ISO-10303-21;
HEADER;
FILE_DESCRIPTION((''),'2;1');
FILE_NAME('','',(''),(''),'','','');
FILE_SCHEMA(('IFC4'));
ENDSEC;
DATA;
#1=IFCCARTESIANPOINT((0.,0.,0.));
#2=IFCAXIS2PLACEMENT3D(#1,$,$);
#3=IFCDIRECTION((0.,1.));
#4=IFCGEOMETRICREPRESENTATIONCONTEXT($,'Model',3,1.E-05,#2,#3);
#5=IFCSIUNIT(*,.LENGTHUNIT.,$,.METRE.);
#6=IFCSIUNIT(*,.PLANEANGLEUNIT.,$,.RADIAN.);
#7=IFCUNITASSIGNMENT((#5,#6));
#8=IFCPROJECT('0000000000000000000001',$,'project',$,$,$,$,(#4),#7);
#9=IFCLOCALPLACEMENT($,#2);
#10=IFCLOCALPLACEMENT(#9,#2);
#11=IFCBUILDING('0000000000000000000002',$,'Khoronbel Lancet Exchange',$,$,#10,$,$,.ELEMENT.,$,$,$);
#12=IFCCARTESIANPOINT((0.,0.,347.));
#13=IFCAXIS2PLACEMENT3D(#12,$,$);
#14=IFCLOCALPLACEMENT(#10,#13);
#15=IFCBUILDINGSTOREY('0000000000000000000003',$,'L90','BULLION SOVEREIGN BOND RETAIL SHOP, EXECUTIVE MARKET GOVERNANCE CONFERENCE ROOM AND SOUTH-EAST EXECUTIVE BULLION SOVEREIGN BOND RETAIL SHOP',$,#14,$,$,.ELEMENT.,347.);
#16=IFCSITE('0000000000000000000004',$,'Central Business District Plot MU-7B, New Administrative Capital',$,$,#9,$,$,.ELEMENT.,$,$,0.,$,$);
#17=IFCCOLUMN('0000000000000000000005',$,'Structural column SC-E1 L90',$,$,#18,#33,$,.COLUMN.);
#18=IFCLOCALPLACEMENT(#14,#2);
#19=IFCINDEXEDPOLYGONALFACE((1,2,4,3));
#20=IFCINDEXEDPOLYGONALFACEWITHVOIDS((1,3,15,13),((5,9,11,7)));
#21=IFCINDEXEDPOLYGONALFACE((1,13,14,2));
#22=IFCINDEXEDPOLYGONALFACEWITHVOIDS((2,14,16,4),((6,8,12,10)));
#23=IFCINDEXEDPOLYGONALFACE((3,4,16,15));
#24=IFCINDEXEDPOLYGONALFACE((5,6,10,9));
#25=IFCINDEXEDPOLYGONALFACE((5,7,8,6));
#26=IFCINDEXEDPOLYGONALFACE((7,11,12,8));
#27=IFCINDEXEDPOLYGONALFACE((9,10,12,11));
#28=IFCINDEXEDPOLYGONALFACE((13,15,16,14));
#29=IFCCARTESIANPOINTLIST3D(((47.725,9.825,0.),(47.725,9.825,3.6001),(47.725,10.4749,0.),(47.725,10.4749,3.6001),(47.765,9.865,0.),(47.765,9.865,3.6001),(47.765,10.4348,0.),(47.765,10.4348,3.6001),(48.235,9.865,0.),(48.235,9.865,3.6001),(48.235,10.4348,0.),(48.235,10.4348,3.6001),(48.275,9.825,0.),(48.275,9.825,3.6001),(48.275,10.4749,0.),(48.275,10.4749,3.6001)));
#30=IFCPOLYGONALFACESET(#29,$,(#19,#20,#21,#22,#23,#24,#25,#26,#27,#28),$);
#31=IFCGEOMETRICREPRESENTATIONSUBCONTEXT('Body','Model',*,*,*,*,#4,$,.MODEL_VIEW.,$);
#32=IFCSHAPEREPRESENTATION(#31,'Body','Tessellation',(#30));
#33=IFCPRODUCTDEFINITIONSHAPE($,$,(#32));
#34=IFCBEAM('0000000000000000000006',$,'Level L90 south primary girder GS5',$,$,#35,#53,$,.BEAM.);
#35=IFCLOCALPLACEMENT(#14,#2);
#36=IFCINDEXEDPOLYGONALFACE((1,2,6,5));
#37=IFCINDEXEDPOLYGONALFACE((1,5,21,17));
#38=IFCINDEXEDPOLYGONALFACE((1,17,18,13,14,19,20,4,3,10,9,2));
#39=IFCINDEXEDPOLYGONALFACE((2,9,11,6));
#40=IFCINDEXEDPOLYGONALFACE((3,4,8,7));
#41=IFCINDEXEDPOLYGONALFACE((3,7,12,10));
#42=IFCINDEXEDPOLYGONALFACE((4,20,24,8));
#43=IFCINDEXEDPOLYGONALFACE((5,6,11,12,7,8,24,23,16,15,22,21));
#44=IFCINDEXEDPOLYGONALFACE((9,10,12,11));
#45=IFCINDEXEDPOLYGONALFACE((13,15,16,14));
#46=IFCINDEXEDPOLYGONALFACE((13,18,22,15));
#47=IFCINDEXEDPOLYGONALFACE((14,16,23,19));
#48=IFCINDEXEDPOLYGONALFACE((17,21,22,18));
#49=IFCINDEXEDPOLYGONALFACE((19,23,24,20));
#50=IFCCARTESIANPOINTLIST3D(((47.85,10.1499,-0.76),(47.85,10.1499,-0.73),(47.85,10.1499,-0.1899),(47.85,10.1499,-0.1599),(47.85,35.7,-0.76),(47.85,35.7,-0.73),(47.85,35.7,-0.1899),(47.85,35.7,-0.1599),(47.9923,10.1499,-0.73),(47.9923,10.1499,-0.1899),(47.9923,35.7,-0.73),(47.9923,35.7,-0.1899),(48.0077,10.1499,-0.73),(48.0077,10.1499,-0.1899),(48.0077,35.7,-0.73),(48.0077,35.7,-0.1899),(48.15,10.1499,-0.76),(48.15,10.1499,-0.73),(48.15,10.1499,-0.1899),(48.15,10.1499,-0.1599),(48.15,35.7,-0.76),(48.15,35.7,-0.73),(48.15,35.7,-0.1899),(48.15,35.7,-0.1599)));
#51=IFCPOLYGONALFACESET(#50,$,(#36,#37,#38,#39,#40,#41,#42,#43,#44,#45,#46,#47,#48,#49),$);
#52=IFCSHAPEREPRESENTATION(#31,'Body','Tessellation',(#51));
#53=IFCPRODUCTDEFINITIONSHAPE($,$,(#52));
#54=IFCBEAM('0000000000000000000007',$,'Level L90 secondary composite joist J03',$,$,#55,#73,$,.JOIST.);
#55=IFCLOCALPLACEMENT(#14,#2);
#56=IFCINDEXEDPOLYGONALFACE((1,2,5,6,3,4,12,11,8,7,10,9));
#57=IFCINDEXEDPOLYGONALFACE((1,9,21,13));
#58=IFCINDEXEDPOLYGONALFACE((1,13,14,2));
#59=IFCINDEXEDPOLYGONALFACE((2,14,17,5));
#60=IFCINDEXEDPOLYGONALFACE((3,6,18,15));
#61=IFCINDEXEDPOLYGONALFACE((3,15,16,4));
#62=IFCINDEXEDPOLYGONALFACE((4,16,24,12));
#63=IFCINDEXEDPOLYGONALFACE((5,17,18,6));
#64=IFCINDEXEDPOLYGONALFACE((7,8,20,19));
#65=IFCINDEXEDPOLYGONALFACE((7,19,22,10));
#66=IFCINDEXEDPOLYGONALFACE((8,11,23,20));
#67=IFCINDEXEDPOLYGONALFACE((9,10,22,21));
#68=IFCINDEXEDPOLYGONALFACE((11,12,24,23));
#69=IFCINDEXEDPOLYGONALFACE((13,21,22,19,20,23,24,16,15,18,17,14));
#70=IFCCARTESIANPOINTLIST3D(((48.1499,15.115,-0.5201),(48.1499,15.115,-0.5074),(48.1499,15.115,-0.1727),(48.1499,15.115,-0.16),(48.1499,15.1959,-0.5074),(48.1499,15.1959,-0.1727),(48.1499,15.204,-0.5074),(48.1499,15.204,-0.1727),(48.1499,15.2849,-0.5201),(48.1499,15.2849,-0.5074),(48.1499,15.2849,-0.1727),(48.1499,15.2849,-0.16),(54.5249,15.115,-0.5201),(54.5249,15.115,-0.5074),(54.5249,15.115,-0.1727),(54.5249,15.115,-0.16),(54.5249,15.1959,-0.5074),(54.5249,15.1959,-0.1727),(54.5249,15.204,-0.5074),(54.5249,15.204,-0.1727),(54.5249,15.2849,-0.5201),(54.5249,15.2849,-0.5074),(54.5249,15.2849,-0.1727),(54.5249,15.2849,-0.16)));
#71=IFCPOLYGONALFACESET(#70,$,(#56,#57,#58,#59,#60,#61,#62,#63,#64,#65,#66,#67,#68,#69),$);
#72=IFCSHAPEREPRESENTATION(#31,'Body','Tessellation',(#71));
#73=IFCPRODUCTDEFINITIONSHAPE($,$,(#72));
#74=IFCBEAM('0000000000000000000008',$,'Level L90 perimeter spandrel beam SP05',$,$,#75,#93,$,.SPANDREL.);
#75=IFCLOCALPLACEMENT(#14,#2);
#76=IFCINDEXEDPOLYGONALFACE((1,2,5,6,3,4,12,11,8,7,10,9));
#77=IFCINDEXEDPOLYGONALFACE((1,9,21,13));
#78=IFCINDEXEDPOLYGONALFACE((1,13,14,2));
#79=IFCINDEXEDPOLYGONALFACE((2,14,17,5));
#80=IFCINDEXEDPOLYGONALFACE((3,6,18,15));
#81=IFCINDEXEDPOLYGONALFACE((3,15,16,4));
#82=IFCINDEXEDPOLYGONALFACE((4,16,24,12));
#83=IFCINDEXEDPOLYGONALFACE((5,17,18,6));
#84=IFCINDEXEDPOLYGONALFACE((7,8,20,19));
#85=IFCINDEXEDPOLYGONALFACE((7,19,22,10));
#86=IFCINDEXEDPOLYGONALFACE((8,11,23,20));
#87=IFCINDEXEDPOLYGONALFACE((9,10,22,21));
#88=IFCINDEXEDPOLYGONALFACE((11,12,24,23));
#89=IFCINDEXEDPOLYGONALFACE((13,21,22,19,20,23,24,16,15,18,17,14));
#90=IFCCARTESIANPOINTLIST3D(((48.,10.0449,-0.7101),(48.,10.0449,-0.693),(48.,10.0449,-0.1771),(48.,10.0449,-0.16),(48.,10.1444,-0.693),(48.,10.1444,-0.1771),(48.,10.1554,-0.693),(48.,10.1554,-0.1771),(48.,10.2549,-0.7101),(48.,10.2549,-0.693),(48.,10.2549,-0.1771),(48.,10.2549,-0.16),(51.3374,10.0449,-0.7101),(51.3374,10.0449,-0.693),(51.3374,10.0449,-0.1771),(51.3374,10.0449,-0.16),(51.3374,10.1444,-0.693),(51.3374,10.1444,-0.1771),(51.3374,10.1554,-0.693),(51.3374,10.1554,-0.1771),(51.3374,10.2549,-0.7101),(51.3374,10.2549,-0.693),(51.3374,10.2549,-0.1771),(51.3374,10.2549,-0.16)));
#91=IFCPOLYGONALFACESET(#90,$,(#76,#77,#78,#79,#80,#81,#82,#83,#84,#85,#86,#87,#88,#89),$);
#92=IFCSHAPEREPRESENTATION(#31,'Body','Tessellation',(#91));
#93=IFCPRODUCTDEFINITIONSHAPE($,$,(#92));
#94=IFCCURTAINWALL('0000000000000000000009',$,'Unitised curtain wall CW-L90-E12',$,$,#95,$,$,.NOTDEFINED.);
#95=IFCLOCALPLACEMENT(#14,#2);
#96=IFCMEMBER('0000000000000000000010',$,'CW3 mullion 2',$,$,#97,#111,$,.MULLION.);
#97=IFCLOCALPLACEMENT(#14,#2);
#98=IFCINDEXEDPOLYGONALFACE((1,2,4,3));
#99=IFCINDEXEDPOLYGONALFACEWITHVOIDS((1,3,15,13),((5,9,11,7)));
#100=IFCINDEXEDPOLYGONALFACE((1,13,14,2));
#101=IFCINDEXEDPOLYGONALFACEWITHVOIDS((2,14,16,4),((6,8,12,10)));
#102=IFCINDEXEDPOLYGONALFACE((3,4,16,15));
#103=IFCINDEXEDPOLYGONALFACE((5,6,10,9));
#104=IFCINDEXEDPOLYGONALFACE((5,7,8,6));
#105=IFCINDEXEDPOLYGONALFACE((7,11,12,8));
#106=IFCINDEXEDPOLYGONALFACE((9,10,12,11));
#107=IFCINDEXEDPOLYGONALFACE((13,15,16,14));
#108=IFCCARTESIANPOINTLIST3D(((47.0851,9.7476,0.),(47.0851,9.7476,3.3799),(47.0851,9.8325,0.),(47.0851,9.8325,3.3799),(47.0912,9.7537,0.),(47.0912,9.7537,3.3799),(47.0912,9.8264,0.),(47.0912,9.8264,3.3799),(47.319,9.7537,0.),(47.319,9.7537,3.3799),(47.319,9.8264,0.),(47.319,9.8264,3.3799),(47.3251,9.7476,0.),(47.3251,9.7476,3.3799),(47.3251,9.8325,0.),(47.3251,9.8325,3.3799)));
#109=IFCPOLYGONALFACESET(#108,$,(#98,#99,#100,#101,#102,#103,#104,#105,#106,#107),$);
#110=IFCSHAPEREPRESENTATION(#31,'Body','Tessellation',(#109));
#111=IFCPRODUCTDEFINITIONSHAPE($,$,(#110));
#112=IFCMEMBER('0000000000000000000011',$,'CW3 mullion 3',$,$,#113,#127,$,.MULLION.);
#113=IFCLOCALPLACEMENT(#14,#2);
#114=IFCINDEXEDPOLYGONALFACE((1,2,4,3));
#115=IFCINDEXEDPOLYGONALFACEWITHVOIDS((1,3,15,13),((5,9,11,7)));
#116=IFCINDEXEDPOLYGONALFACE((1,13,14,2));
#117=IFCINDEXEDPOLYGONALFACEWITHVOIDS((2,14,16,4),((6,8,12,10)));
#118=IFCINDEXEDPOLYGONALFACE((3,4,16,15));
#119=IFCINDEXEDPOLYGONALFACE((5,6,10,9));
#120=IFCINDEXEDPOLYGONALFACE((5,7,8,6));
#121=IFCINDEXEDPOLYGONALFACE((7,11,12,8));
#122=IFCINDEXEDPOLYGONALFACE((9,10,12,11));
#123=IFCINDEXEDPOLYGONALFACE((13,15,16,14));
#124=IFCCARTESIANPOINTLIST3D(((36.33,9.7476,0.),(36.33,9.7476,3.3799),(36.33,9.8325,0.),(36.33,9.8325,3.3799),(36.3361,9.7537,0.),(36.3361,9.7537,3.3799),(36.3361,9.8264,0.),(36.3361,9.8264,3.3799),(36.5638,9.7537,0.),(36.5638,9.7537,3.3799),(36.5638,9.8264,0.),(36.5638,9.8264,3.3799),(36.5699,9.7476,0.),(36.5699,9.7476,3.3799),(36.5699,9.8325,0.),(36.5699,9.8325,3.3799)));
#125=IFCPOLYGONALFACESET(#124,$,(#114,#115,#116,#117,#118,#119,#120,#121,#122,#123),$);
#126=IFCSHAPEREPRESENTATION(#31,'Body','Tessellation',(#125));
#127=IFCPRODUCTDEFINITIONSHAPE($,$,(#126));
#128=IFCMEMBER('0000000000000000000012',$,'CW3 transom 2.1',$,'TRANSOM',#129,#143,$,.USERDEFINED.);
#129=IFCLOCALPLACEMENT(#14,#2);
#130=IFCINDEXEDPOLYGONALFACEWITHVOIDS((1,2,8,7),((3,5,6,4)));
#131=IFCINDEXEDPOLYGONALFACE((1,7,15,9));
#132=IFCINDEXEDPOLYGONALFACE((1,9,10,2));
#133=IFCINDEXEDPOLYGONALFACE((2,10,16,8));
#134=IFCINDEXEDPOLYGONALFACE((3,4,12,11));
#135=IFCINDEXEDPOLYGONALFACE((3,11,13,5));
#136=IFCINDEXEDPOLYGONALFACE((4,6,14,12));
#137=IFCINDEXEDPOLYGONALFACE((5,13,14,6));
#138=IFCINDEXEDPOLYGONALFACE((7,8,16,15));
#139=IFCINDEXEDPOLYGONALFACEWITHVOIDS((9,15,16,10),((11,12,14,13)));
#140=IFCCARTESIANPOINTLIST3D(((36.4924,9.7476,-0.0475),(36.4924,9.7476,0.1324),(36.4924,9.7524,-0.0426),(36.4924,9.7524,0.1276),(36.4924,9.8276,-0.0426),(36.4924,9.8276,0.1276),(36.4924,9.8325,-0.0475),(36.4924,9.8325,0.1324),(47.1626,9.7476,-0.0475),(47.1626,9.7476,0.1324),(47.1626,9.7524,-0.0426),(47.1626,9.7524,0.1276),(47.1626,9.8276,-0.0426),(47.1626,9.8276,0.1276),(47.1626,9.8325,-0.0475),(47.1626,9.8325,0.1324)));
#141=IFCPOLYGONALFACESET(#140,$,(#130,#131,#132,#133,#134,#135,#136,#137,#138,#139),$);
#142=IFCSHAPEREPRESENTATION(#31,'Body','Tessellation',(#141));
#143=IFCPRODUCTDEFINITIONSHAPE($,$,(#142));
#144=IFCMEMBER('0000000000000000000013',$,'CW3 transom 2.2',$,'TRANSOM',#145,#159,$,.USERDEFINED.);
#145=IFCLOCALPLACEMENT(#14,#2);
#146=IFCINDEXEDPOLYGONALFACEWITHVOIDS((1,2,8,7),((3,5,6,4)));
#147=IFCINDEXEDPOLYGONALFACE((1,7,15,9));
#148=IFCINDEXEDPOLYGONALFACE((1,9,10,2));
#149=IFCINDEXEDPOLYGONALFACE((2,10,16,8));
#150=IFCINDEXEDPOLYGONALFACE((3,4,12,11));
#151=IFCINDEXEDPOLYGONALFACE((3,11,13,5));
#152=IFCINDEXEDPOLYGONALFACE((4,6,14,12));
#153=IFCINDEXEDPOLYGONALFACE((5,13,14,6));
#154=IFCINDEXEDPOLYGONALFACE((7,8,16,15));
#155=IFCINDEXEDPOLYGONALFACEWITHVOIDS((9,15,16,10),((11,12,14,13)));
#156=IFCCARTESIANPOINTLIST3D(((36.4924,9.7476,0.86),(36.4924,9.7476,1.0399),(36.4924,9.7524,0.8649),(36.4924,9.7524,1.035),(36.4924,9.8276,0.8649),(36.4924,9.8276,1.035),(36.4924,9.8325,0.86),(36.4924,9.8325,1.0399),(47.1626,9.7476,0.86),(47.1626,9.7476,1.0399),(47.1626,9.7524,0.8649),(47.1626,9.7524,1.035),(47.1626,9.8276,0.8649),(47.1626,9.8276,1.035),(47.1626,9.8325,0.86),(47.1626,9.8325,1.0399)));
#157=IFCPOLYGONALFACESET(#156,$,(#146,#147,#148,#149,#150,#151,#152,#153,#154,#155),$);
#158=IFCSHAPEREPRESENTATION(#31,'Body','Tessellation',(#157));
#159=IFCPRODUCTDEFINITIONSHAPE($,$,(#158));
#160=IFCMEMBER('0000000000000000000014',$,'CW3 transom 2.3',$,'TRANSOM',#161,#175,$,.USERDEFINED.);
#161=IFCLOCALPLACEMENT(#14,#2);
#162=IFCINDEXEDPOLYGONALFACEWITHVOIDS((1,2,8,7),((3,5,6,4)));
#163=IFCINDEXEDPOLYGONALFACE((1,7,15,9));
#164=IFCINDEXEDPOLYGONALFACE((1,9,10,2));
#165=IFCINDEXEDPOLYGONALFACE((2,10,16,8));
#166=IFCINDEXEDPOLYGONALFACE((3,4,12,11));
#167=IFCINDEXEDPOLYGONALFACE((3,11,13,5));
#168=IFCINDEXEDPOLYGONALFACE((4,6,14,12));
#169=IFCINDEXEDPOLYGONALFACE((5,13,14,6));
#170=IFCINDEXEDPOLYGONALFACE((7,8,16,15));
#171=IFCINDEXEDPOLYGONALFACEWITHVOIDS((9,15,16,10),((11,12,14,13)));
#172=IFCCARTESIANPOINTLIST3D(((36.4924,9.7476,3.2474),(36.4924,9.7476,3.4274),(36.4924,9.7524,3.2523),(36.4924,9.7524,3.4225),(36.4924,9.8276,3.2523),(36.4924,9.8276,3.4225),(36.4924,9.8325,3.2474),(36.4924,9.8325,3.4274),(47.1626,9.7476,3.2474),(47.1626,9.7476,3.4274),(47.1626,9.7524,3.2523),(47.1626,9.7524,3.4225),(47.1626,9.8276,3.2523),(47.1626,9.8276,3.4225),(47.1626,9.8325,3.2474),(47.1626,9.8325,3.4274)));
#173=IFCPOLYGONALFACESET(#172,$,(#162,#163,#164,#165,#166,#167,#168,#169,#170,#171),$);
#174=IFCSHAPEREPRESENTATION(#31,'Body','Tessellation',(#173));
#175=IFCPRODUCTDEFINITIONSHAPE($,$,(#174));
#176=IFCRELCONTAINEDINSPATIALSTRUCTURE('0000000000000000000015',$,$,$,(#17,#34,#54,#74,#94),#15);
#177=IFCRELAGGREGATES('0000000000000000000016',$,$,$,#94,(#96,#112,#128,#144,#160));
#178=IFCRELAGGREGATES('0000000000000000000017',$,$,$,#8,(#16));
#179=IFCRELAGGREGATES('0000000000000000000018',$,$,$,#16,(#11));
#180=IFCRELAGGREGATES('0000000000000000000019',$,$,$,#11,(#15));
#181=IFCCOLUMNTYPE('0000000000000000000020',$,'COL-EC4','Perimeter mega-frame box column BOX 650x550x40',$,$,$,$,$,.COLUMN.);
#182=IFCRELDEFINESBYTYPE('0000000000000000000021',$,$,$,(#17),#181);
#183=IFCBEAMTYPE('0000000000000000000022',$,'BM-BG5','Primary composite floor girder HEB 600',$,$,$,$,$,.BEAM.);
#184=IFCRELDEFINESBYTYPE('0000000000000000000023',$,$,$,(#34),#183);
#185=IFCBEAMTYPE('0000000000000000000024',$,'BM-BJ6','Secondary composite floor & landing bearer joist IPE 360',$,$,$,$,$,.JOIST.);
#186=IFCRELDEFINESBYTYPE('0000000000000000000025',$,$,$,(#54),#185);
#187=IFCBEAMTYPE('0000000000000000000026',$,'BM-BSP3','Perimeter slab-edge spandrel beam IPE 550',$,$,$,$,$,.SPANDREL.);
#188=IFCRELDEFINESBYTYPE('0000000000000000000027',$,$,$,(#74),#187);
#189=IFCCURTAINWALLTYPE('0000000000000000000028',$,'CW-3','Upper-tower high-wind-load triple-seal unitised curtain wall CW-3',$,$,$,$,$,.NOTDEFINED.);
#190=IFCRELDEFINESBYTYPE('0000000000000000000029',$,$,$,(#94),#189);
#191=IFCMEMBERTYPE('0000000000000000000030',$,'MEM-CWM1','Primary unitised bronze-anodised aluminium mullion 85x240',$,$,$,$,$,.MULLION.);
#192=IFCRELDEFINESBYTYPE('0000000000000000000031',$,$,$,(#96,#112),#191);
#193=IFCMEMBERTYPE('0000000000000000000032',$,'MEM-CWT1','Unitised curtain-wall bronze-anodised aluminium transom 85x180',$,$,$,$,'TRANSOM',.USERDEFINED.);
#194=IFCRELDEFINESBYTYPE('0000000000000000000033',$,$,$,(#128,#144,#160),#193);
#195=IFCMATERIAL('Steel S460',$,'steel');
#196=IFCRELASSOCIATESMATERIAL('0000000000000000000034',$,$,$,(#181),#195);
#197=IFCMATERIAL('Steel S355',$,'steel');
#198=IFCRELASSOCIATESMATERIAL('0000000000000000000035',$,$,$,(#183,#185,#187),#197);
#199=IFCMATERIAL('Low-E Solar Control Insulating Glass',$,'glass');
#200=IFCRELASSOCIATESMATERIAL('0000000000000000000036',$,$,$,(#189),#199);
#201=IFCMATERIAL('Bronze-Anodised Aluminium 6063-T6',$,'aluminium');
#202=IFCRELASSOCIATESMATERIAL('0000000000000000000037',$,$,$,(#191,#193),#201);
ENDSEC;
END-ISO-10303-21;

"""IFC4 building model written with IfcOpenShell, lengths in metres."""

from ifc_helpers import new_model, si_unit, direction, frame, origin, origin_2d, place, context, subcontext, project, spatial, hollow_rectangle, i_section, extrude, material, material_profile, profile_set, type_object, element, aggregate, save


model = new_model("IFC4")

# Units and contexts
model_context = context("Model", 3, precision=1e-05, world=origin(), true_north=direction((0.0, 1.0)))
body_context = subcontext(model_context, "Body", "Model", "MODEL_VIEW")
ifc_project = project(units=[si_unit("LENGTHUNIT", "METRE"), si_unit("PLANEANGLEUNIT", "RADIAN")], contexts=[model_context])

# Site, building, storey
site_placement = place(None, origin())
site = spatial("IfcSite", under=ifc_project, at=site_placement, Name="Central Business District Plot MU-7B, New Administrative Capital", CompositionType="ELEMENT", RefElevation=0.0)
building_placement = place(site_placement, origin())
building = spatial("IfcBuilding", under=site, at=building_placement, Name="Khoronbel Lancet Exchange", CompositionType="ELEMENT")
storey_placement = place(building_placement, frame((0.0, 0.0, 347.0)))
storey = spatial("IfcBuildingStorey", under=building, at=storey_placement, Name="L90", Description="BULLION SOVEREIGN BOND RETAIL SHOP, EXECUTIVE MARKET GOVERNANCE CONFERENCE ROOM AND SOUTH-EAST EXECUTIVE BULLION SOVEREIGN BOND RETAIL SHOP", CompositionType="ELEMENT", Elevation=347.0)

# Column
ifc_material_1 = material(Name="Steel S460", Category="steel")
ifc_material_profile_1 = material_profile(ifc_material_1, hollow_rectangle(XDim=0.55, YDim=0.6499, WallThickness=0.04, at=origin_2d()), Name="BOX 650x550x40")
ifc_profile_set_1 = profile_set([ifc_material_profile_1], Name="Steel S460")
column_type = type_object("IfcColumnType", Name="COL-EC4", Description="Perimeter mega-frame box column BOX 650x550x40", PredefinedType="COLUMN", material=ifc_profile_set_1)
column_placement = place(storey_placement, frame((48.0, 10.1499, 0.0), z_axis=(0.0, 0.0, 1.0), x_axis=(1.0, 0.0, 0.0)))
element("IfcColumn", 1, at=column_placement, inside=storey, type_object=column_type, Name="Structural column SC-E1 L90", PredefinedType="COLUMN", context=body_context, shape_type="SweptSolid", body=[
    extrude(hollow_rectangle(XDim=0.55, YDim=0.6499, WallThickness=0.04, at=origin_2d()), origin(), (0.0, 0.0, 1.0), 3.6001),
])

# Beams
ifc_material_2 = material(Name="Steel S355", Category="steel")
ifc_material_profile_2 = material_profile(ifc_material_2, i_section(OverallWidth=0.3, OverallDepth=0.6001, WebThickness=0.0154, FlangeThickness=0.03, at=origin_2d()), Name="HEB 600")
ifc_profile_set_2 = profile_set([ifc_material_profile_2], Name="Steel S355")
beam_type_1 = type_object("IfcBeamType", Name="BM-BG5", Description="Primary composite floor girder HEB 600", PredefinedType="BEAM", material=ifc_profile_set_2)
beam_1_placement = place(storey_placement, frame((48.0, 10.1499, -0.46), z_axis=(0.0, 1.0, 0.0), x_axis=(-1.0, 0.0, 0.0)))
element("IfcBeam", 2, at=beam_1_placement, inside=storey, type_object=beam_type_1, Name="Level L90 south primary girder GS5", PredefinedType="BEAM", context=body_context, shape_type="SweptSolid", body=[
    extrude(i_section(OverallWidth=0.3, OverallDepth=0.6001, WebThickness=0.0154, FlangeThickness=0.03, at=origin_2d()), origin(), (0.0, 0.0, 1.0), 25.55),
])
ifc_material_profile_3 = material_profile(ifc_material_2, i_section(OverallWidth=0.1699, OverallDepth=0.3601, WebThickness=0.0081, FlangeThickness=0.0127, at=origin_2d()), Name="IPE 360")
ifc_profile_set_3 = profile_set([ifc_material_profile_3], Name="Steel S355")
beam_type_2 = type_object("IfcBeamType", Name="BM-BJ6", Description="Secondary composite floor & landing bearer joist IPE 360", PredefinedType="JOIST", material=ifc_profile_set_3)
beam_2_placement = place(storey_placement, frame((48.1499, 15.2, -0.3401), z_axis=(1.0, 0.0, 0.0), x_axis=(0.0, 1.0, 0.0)))
element("IfcBeam", 3, at=beam_2_placement, inside=storey, type_object=beam_type_2, Name="Level L90 secondary composite joist J03", PredefinedType="JOIST", context=body_context, shape_type="SweptSolid", body=[
    extrude(i_section(OverallWidth=0.1699, OverallDepth=0.3601, WebThickness=0.0081, FlangeThickness=0.0127, at=origin_2d()), origin(), (0.0, 0.0, 1.0), 6.375),
])
ifc_material_profile_4 = material_profile(ifc_material_2, i_section(OverallWidth=0.21, OverallDepth=0.55, WebThickness=0.011, FlangeThickness=0.0171, at=origin_2d()), Name="IPE 550")
ifc_profile_set_4 = profile_set([ifc_material_profile_4], Name="Steel S355")
beam_type_3 = type_object("IfcBeamType", Name="BM-BSP3", Description="Perimeter slab-edge spandrel beam IPE 550", PredefinedType="SPANDREL", material=ifc_profile_set_4)
beam_3_placement = place(storey_placement, frame((48.0, 10.1499, -0.4351), z_axis=(1.0, 0.0, 0.0), x_axis=(0.0, 1.0, 0.0)))
element("IfcBeam", 4, at=beam_3_placement, inside=storey, type_object=beam_type_3, Name="Level L90 perimeter spandrel beam SP05", PredefinedType="SPANDREL", context=body_context, shape_type="SweptSolid", body=[
    extrude(i_section(OverallWidth=0.21, OverallDepth=0.55, WebThickness=0.011, FlangeThickness=0.0171, at=origin_2d()), origin(), (0.0, 0.0, 1.0), 3.3374),
])

# Curtain wall, members
ifc_material_3 = material(Name="Low-E Solar Control Insulating Glass", Category="glass")
curtain_wall_type = type_object("IfcCurtainWallType", Name="CW-3", Description="Upper-tower high-wind-load triple-seal unitised curtain wall CW-3", PredefinedType="NOTDEFINED", material=ifc_material_3)
curtain_wall_placement = place(storey_placement, origin())
curtain_wall = element("IfcCurtainWall", 5, at=curtain_wall_placement, inside=storey, type_object=curtain_wall_type, Name="Unitised curtain wall CW-L90-E12", PredefinedType="NOTDEFINED")
ifc_material_4 = material(Name="Bronze-Anodised Aluminium 6063-T6", Category="aluminium")
ifc_material_profile_5 = material_profile(ifc_material_4, hollow_rectangle(XDim=0.085, YDim=0.24, WallThickness=0.0061, at=origin_2d()), Name="ALU MULLION 85x240")
ifc_profile_set_5 = profile_set([ifc_material_profile_5], Name="Bronze-Anodised Aluminium 6063-T6")
member_type_1 = type_object("IfcMemberType", Name="MEM-CWM1", Description="Primary unitised bronze-anodised aluminium mullion 85x240", PredefinedType="MULLION", material=ifc_profile_set_5)
member_1_placement = place(storey_placement, frame((47.2051, 9.79, 0.0), z_axis=(0.0, 0.0, 1.0), x_axis=(0.0, -1.0, 0.0)))
member_1 = element("IfcMember", 6, at=member_1_placement, type_object=member_type_1, Name="CW3 mullion 2", PredefinedType="MULLION", context=body_context, shape_type="SweptSolid", body=[
    extrude(hollow_rectangle(XDim=0.085, YDim=0.24, WallThickness=0.0061, at=origin_2d()), origin(), (0.0, 0.0, 1.0), 3.3799),
])
member_2_placement = place(storey_placement, frame((36.45, 9.79, 0.0), z_axis=(0.0, 0.0, 1.0), x_axis=(0.0, -1.0, 0.0)))
member_2 = element("IfcMember", 7, at=member_2_placement, type_object=member_type_1, Name="CW3 mullion 3", PredefinedType="MULLION", context=body_context, shape_type="SweptSolid", body=[
    extrude(hollow_rectangle(XDim=0.085, YDim=0.24, WallThickness=0.0061, at=origin_2d()), origin(), (0.0, 0.0, 1.0), 3.3799),
])
ifc_material_profile_6 = material_profile(ifc_material_4, hollow_rectangle(XDim=0.085, YDim=0.1799, WallThickness=0.0049, at=origin_2d()), Name="ALU TRANSOM 85x180")
ifc_profile_set_6 = profile_set([ifc_material_profile_6], Name="Bronze-Anodised Aluminium 6063-T6")
member_type_2 = type_object("IfcMemberType", Name="MEM-CWT1", Description="Unitised curtain-wall bronze-anodised aluminium transom 85x180", ElementType="TRANSOM", PredefinedType="USERDEFINED", material=ifc_profile_set_6)
member_3_placement = place(storey_placement, frame((47.1626, 9.79, 0.0425), z_axis=(-1.0, 0.0, 0.0), x_axis=(0.0, -1.0, 0.0)))
member_3 = element("IfcMember", 8, at=member_3_placement, type_object=member_type_2, Name="CW3 transom 2.1", ObjectType="TRANSOM", PredefinedType="USERDEFINED", context=body_context, shape_type="SweptSolid", body=[
    extrude(hollow_rectangle(XDim=0.085, YDim=0.1799, WallThickness=0.0049, at=origin_2d()), origin(), (0.0, 0.0, 1.0), 10.6702),
])
member_4_placement = place(storey_placement, frame((47.1626, 9.79, 0.95), z_axis=(-1.0, 0.0, 0.0), x_axis=(0.0, -1.0, 0.0)))
member_4 = element("IfcMember", 9, at=member_4_placement, type_object=member_type_2, Name="CW3 transom 2.2", ObjectType="TRANSOM", PredefinedType="USERDEFINED", context=body_context, shape_type="SweptSolid", body=[
    extrude(hollow_rectangle(XDim=0.085, YDim=0.1799, WallThickness=0.0049, at=origin_2d()), origin(), (0.0, 0.0, 1.0), 10.6702),
])
member_5_placement = place(storey_placement, frame((47.1626, 9.79, 3.3374), z_axis=(-1.0, 0.0, 0.0), x_axis=(0.0, -1.0, 0.0)))
member_5 = element("IfcMember", 10, at=member_5_placement, type_object=member_type_2, Name="CW3 transom 2.3", ObjectType="TRANSOM", PredefinedType="USERDEFINED", context=body_context, shape_type="SweptSolid", body=[
    extrude(hollow_rectangle(XDim=0.085, YDim=0.1799, WallThickness=0.0049, at=origin_2d()), origin(), (0.0, 0.0, 1.0), 10.6702),
])
aggregate(curtain_wall, [member_1, member_2, member_3, member_4, member_5])

save(model, "model.ifc")
